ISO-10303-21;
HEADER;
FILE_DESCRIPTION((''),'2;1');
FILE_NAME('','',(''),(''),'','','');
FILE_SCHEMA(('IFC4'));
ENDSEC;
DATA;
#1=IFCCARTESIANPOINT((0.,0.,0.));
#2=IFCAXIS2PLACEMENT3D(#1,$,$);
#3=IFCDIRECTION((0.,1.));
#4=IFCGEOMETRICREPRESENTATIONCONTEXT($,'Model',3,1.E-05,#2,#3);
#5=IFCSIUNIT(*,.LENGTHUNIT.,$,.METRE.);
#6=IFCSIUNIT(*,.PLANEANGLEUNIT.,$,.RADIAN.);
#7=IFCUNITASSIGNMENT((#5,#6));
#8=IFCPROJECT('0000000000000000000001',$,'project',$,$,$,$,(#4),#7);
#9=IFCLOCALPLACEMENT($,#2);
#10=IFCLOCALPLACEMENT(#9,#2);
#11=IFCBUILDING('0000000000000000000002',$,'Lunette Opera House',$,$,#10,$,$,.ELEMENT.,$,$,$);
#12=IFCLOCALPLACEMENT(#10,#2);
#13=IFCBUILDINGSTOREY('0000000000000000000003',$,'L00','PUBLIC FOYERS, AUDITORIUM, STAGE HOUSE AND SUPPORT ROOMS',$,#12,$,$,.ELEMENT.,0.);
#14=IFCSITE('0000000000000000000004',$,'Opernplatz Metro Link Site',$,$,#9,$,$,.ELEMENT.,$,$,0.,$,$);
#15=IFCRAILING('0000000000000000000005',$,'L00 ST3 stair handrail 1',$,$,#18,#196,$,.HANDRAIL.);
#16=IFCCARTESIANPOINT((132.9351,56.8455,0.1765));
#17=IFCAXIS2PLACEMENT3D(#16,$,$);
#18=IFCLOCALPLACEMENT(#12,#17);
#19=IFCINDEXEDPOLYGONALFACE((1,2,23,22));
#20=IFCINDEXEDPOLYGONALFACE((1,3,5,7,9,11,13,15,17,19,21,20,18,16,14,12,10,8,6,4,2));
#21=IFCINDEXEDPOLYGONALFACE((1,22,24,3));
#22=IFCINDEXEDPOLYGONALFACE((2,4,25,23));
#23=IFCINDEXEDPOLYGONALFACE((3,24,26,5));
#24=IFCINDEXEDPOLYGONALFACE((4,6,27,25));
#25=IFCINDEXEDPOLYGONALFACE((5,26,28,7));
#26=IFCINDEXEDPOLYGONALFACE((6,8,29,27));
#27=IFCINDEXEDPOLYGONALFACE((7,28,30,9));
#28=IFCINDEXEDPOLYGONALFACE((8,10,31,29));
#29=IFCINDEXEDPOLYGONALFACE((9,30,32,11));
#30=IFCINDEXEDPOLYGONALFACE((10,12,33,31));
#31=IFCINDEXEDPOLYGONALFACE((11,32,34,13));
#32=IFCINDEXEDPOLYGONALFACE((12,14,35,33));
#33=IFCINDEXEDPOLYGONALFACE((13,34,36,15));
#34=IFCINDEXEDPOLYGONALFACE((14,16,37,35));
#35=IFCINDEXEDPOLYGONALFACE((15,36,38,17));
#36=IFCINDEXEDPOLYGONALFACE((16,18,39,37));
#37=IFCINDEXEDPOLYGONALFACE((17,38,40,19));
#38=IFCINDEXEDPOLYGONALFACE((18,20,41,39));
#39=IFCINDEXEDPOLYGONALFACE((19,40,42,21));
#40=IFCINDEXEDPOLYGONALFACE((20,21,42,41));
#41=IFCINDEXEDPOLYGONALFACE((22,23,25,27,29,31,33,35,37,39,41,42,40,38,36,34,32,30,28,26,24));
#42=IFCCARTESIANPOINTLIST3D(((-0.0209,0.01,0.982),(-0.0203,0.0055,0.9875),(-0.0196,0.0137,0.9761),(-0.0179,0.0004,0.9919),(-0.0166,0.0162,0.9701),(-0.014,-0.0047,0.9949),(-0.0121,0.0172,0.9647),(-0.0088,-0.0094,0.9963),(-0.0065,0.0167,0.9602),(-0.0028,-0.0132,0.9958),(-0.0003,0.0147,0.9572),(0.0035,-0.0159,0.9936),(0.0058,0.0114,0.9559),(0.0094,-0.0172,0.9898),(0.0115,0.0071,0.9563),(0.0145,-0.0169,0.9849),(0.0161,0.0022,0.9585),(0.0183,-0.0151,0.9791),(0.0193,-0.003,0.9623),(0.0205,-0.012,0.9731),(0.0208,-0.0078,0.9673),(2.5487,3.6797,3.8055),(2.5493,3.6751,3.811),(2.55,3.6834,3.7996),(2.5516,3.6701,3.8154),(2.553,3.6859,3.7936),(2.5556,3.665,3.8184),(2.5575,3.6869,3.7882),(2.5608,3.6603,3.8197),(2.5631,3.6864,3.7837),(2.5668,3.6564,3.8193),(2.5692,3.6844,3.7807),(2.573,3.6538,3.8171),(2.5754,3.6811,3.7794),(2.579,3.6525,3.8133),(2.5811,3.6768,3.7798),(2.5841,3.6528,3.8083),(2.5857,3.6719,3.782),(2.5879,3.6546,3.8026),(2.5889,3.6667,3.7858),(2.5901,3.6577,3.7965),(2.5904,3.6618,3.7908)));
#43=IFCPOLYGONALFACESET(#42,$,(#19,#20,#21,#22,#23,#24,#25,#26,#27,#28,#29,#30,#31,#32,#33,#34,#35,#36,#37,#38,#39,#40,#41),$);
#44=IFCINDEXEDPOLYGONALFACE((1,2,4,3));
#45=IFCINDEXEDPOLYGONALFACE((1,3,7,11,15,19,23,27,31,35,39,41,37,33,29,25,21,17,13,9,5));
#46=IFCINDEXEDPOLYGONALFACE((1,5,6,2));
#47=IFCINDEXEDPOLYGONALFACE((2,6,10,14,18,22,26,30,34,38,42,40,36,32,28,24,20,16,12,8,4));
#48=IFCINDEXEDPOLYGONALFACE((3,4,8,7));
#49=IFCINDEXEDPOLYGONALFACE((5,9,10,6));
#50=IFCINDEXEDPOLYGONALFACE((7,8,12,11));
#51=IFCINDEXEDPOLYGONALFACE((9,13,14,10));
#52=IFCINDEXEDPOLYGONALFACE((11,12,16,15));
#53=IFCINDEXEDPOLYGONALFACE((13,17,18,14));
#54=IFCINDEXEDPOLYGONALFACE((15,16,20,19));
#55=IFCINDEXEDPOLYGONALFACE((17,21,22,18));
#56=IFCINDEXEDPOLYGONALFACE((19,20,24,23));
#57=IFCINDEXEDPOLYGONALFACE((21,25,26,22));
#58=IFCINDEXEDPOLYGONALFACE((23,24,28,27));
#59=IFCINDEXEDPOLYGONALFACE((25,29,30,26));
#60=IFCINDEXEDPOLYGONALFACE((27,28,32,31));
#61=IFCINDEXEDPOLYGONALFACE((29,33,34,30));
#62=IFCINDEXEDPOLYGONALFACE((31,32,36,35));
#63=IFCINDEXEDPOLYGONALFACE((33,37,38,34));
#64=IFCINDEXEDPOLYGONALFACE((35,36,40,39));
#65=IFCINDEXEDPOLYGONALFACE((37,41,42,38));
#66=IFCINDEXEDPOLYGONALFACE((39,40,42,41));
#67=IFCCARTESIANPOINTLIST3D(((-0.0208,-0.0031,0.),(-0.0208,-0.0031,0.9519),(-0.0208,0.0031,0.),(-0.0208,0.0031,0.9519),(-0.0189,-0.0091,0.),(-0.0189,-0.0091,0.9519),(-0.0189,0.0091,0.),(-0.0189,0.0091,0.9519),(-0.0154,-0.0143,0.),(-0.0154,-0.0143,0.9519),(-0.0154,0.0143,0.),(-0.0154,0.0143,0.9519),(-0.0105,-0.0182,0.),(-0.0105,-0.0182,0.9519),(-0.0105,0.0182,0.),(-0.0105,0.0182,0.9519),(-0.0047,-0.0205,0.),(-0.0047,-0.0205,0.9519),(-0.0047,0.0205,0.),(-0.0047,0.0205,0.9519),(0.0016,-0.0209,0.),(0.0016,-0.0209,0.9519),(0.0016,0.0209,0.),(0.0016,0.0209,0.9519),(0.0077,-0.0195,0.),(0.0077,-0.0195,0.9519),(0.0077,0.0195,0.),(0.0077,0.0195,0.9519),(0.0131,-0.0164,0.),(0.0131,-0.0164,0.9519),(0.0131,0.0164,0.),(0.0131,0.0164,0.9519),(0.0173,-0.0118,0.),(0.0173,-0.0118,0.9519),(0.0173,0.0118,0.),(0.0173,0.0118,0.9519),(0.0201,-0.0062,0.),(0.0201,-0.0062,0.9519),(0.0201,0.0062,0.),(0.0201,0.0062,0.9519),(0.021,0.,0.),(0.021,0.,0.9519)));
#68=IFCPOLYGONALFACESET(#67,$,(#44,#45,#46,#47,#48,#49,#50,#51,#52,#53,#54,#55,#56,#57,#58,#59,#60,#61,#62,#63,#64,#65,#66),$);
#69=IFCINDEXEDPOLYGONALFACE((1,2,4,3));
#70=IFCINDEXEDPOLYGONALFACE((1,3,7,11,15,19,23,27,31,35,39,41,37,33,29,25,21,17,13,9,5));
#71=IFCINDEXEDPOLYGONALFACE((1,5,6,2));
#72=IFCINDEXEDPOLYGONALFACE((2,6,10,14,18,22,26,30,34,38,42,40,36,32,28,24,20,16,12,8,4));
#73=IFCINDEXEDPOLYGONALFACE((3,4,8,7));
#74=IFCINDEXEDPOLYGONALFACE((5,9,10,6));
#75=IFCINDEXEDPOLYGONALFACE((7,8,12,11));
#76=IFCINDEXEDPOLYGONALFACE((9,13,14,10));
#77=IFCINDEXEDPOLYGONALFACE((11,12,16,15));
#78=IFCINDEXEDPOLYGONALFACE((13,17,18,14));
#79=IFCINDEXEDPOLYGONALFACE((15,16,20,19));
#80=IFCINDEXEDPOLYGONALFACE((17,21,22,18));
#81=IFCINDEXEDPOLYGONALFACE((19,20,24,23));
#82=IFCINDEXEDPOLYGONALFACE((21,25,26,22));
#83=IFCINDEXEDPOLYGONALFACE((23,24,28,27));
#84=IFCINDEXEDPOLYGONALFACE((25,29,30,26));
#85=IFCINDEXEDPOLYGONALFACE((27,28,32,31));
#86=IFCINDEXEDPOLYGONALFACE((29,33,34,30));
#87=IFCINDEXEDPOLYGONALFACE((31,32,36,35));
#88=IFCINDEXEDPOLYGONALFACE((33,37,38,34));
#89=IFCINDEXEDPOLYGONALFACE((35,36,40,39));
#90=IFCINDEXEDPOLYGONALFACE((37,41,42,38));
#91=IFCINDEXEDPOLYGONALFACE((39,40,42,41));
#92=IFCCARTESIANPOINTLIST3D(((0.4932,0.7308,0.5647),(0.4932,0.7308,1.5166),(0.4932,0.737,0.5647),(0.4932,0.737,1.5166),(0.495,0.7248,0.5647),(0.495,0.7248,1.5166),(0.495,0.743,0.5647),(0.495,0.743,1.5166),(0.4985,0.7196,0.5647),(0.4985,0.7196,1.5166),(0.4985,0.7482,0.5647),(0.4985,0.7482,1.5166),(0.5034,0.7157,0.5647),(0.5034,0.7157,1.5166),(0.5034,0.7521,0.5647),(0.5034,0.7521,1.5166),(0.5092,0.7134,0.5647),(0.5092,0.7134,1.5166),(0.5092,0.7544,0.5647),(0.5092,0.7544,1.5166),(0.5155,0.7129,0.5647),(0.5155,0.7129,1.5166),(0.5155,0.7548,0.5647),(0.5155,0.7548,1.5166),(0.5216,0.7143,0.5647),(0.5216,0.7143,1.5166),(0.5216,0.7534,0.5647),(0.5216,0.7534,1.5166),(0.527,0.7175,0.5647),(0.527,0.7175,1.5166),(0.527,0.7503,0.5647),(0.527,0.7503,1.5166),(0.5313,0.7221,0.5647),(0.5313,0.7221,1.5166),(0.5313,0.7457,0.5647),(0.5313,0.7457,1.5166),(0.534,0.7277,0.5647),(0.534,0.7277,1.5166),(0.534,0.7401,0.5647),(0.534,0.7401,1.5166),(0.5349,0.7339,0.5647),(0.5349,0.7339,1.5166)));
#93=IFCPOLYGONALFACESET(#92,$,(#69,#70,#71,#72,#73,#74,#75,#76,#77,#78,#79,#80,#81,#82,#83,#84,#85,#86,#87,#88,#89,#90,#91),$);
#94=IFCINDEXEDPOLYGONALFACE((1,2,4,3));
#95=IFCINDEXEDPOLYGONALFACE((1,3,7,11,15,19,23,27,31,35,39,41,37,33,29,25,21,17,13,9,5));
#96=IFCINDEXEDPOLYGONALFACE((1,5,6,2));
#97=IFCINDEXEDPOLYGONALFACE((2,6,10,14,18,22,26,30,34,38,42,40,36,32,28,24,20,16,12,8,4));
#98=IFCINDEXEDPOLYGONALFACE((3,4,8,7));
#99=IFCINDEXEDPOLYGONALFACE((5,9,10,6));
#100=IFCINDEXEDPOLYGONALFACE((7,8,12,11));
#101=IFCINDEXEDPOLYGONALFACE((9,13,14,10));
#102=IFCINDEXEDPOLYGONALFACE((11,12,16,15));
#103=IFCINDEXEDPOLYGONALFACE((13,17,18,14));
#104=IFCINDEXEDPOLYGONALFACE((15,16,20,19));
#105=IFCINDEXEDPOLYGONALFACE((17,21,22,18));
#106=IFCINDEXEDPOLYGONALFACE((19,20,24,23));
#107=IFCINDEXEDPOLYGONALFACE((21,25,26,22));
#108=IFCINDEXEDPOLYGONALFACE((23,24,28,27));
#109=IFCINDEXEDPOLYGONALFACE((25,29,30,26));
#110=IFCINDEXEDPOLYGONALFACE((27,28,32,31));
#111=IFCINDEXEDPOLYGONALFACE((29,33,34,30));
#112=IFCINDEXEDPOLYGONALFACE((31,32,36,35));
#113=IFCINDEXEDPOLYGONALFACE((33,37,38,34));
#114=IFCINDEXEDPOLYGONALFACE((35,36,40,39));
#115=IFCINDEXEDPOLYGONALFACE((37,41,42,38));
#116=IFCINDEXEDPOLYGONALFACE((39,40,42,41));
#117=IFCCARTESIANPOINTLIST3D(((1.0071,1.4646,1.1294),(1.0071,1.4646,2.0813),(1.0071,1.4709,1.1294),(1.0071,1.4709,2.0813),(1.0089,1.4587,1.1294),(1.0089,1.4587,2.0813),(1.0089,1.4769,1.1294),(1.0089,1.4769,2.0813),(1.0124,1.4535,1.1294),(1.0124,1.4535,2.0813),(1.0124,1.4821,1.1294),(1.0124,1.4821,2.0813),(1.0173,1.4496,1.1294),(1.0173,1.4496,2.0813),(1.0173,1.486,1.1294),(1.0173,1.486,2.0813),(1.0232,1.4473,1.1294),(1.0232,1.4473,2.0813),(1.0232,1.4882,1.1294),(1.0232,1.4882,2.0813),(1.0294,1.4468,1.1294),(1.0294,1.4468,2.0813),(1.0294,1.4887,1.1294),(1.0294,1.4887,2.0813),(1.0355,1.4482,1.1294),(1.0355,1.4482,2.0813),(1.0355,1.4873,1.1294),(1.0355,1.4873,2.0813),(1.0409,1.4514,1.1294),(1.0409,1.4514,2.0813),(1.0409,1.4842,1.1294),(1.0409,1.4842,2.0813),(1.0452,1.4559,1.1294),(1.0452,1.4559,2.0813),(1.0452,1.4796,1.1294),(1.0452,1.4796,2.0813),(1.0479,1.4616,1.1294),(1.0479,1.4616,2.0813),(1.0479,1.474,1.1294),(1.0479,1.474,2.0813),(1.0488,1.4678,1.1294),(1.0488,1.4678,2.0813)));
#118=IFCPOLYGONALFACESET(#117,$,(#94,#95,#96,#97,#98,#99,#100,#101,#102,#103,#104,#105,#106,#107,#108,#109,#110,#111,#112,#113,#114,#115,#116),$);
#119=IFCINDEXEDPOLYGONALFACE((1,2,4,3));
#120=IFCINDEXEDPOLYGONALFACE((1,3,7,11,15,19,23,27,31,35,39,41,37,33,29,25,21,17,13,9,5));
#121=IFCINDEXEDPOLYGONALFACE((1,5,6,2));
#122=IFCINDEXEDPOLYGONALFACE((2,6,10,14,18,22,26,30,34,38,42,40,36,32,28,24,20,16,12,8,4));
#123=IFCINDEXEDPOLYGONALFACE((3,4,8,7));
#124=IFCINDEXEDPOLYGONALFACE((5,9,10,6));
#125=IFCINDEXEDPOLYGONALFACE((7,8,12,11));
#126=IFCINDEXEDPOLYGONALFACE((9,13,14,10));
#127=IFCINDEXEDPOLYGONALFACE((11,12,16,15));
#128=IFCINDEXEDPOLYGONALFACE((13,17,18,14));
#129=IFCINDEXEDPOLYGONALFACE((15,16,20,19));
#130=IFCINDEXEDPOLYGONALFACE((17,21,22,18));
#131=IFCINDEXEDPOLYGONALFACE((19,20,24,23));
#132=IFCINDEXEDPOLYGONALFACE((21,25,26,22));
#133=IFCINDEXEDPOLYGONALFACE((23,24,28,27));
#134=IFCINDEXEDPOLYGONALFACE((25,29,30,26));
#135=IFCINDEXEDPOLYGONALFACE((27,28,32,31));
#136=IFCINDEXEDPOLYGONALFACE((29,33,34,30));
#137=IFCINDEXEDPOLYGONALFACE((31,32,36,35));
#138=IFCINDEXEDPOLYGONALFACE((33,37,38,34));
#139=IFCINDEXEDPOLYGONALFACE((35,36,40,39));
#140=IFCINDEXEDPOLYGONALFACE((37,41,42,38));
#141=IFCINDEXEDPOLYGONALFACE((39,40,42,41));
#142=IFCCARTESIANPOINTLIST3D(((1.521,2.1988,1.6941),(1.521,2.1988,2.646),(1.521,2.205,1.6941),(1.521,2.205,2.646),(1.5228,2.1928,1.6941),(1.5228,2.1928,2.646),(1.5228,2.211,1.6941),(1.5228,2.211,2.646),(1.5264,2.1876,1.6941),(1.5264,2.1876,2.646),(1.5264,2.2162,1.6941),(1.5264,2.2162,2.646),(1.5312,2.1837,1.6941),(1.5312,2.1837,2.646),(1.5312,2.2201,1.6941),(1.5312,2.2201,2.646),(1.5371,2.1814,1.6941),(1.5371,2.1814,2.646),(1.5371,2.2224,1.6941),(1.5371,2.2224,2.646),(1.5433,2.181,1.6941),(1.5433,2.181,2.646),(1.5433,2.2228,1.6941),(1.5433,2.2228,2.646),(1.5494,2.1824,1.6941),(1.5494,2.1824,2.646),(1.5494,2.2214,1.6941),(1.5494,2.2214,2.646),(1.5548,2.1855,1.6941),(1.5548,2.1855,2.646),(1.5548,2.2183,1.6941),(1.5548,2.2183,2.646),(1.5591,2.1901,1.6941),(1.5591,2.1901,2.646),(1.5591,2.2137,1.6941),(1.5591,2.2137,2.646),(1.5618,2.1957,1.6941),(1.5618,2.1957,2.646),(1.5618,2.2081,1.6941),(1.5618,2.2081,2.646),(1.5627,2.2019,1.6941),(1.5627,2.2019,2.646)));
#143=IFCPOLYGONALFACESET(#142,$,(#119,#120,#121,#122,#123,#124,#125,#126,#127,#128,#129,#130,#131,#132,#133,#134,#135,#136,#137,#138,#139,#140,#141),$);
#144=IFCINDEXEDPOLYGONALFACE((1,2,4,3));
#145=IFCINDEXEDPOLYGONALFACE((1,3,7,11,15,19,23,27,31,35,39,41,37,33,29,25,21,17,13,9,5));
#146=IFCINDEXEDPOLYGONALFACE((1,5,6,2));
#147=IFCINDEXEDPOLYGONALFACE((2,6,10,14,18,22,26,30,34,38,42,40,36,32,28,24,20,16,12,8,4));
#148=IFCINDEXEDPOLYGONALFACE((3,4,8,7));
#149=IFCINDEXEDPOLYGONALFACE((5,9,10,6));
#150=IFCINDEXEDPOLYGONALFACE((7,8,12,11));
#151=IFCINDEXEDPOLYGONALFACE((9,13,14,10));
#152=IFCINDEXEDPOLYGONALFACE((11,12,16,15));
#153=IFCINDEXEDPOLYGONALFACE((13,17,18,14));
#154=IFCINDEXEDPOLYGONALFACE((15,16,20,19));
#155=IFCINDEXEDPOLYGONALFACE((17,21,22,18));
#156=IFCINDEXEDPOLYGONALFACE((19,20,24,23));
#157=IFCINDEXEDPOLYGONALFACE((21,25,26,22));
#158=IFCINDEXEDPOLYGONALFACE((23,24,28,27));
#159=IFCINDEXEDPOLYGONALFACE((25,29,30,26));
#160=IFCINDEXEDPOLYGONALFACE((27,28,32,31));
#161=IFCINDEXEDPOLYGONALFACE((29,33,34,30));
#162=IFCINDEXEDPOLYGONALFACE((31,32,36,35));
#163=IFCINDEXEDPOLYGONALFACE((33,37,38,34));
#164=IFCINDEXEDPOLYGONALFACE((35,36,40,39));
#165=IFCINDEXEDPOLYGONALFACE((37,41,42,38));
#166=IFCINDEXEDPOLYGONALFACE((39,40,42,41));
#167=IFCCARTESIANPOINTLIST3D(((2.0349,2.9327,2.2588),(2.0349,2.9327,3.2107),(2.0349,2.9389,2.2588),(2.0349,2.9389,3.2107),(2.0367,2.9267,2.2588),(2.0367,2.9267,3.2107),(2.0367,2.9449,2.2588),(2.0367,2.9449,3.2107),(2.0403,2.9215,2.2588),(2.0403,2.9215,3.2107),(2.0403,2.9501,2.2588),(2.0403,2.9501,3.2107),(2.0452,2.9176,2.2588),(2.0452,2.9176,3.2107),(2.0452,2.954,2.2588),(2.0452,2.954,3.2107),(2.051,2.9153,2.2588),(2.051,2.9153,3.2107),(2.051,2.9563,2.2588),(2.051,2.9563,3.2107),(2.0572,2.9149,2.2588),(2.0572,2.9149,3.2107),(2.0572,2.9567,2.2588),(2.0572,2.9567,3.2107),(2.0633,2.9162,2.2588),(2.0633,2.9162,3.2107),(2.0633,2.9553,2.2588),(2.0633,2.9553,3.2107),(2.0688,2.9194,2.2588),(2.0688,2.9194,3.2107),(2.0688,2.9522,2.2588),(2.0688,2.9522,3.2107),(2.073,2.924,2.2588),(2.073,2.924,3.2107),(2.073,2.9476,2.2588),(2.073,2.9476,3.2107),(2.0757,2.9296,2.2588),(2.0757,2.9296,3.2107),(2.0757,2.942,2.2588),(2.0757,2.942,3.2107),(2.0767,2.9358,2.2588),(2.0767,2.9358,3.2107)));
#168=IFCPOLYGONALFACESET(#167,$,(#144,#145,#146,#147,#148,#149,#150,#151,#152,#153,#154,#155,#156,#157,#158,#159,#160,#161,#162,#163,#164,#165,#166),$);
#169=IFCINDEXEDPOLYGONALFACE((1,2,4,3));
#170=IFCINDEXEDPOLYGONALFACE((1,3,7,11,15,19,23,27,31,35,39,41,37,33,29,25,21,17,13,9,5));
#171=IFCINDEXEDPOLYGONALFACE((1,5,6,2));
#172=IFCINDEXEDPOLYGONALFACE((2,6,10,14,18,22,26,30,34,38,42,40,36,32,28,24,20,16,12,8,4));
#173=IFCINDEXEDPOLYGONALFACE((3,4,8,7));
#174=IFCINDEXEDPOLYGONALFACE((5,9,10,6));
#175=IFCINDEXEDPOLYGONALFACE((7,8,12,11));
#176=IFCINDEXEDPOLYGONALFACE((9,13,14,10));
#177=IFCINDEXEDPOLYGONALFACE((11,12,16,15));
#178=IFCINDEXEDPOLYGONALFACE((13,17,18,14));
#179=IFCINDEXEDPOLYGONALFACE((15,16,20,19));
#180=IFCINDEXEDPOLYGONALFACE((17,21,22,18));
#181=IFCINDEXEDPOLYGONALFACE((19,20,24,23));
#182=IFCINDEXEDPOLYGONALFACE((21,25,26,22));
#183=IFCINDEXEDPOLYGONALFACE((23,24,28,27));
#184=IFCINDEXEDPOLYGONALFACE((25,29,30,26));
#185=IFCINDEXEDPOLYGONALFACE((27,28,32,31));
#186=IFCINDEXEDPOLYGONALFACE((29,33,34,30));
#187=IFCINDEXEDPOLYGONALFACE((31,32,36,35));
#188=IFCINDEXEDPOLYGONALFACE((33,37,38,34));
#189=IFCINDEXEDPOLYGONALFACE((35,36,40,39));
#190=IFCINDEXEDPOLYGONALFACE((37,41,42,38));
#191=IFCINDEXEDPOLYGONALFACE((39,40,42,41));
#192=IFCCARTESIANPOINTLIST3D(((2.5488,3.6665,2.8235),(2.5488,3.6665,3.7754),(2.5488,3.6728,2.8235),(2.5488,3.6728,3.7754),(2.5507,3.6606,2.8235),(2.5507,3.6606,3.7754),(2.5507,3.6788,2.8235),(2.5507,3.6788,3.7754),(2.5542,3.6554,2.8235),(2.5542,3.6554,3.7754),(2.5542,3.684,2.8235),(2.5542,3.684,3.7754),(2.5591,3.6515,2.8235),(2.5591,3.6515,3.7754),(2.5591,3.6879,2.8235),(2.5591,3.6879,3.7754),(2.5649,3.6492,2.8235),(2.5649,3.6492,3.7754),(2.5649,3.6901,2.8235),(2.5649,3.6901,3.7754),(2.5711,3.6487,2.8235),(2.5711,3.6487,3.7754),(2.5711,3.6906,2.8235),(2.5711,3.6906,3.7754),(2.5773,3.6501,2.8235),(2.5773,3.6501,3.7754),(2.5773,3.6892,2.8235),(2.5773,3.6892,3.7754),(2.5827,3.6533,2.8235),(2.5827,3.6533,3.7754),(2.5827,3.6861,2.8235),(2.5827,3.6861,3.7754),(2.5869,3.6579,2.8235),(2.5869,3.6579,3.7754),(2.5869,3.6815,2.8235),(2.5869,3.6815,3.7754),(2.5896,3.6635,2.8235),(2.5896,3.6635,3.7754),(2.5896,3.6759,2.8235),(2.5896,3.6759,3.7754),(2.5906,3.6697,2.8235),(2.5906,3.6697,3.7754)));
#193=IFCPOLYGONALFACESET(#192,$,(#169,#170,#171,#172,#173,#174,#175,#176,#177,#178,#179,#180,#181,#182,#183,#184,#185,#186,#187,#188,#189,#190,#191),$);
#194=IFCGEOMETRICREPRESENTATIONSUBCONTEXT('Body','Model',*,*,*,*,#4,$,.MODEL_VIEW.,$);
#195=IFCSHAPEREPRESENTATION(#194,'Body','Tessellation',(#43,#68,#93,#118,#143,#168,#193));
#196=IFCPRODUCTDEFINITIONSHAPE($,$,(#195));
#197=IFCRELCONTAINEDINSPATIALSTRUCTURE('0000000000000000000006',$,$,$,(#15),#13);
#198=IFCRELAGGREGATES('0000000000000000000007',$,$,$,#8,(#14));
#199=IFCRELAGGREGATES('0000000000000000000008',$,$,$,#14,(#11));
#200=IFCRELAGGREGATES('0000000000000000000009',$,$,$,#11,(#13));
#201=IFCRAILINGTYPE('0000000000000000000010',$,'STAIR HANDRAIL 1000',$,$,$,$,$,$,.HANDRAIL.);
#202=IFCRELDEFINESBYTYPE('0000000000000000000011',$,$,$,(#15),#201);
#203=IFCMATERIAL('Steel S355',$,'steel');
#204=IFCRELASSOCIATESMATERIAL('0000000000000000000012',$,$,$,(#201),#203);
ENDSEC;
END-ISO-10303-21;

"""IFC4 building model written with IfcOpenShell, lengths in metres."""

from ifc_helpers import new_model, si_unit, direction, frame, origin, origin_2d, place, context, subcontext, project, spatial, circle, extrude, material, type_object, element, save


model = new_model("IFC4")

# Units and contexts
model_context = context("Model", 3, precision=1e-05, world=origin(), true_north=direction((0.0, 1.0)))
body_context = subcontext(model_context, "Body", "Model", "MODEL_VIEW")
ifc_project = project(units=[si_unit("LENGTHUNIT", "METRE"), si_unit("PLANEANGLEUNIT", "RADIAN")], contexts=[model_context])

# Site, building, storey
site_placement = place(None, origin())
site = spatial("IfcSite", under=ifc_project, at=site_placement, Name="Opernplatz Metro Link Site", CompositionType="ELEMENT", RefElevation=0.0)
building_placement = place(site_placement, origin())
building = spatial("IfcBuilding", under=site, at=building_placement, Name="Lunette Opera House", CompositionType="ELEMENT")
storey_placement = place(building_placement, origin())
storey = spatial("IfcBuildingStorey", under=building, at=storey_placement, Name="L00", Description="PUBLIC FOYERS, AUDITORIUM, STAGE HOUSE AND SUPPORT ROOMS", CompositionType="ELEMENT", Elevation=0.0)

# Railing
ifc_material_1 = material(Name="Steel S355", Category="steel")
railing_type = type_object("IfcRailingType", Name="STAIR HANDRAIL 1000", PredefinedType="HANDRAIL", material=ifc_material_1)
railing_placement = place(storey_placement, frame((132.9351, 56.8455, 0.1765)))
element("IfcRailing", 1, at=railing_placement, inside=storey, type_object=railing_type, Name="L00 ST3 stair handrail 1", PredefinedType="HANDRAIL", context=body_context, shape_type="SweptSolid", body=[
    extrude(circle(Radius=0.0239, at=origin_2d()), frame((0.0, 0.0, 0.9761), z_axis=(0.485247, 0.692992, 0.533195), x_axis=(-0.819147, 0.573583, 0.0)), (0.0, 0.0, 1.0), 5.2954),
    extrude(circle(Radius=0.021, at=origin_2d()), origin(), (0.0, 0.0, 1.0), 0.9519),
    extrude(circle(Radius=0.021, at=origin_2d()), frame((0.5139, 0.7339, 0.5647)), (0.0, 0.0, 1.0), 0.9519),
    extrude(circle(Radius=0.021, at=origin_2d()), frame((1.0278, 1.4678, 1.1294)), (0.0, 0.0, 1.0), 0.9519),
    extrude(circle(Radius=0.021, at=origin_2d()), frame((1.5417, 2.2019, 1.6941)), (0.0, 0.0, 1.0), 0.9519),
    extrude(circle(Radius=0.021, at=origin_2d()), frame((2.0557, 2.9358, 2.2588)), (0.0, 0.0, 1.0), 0.9519),
    extrude(circle(Radius=0.021, at=origin_2d()), frame((2.5696, 3.6697, 2.8235)), (0.0, 0.0, 1.0), 0.9519),
])

save(model, "model.ifc")
